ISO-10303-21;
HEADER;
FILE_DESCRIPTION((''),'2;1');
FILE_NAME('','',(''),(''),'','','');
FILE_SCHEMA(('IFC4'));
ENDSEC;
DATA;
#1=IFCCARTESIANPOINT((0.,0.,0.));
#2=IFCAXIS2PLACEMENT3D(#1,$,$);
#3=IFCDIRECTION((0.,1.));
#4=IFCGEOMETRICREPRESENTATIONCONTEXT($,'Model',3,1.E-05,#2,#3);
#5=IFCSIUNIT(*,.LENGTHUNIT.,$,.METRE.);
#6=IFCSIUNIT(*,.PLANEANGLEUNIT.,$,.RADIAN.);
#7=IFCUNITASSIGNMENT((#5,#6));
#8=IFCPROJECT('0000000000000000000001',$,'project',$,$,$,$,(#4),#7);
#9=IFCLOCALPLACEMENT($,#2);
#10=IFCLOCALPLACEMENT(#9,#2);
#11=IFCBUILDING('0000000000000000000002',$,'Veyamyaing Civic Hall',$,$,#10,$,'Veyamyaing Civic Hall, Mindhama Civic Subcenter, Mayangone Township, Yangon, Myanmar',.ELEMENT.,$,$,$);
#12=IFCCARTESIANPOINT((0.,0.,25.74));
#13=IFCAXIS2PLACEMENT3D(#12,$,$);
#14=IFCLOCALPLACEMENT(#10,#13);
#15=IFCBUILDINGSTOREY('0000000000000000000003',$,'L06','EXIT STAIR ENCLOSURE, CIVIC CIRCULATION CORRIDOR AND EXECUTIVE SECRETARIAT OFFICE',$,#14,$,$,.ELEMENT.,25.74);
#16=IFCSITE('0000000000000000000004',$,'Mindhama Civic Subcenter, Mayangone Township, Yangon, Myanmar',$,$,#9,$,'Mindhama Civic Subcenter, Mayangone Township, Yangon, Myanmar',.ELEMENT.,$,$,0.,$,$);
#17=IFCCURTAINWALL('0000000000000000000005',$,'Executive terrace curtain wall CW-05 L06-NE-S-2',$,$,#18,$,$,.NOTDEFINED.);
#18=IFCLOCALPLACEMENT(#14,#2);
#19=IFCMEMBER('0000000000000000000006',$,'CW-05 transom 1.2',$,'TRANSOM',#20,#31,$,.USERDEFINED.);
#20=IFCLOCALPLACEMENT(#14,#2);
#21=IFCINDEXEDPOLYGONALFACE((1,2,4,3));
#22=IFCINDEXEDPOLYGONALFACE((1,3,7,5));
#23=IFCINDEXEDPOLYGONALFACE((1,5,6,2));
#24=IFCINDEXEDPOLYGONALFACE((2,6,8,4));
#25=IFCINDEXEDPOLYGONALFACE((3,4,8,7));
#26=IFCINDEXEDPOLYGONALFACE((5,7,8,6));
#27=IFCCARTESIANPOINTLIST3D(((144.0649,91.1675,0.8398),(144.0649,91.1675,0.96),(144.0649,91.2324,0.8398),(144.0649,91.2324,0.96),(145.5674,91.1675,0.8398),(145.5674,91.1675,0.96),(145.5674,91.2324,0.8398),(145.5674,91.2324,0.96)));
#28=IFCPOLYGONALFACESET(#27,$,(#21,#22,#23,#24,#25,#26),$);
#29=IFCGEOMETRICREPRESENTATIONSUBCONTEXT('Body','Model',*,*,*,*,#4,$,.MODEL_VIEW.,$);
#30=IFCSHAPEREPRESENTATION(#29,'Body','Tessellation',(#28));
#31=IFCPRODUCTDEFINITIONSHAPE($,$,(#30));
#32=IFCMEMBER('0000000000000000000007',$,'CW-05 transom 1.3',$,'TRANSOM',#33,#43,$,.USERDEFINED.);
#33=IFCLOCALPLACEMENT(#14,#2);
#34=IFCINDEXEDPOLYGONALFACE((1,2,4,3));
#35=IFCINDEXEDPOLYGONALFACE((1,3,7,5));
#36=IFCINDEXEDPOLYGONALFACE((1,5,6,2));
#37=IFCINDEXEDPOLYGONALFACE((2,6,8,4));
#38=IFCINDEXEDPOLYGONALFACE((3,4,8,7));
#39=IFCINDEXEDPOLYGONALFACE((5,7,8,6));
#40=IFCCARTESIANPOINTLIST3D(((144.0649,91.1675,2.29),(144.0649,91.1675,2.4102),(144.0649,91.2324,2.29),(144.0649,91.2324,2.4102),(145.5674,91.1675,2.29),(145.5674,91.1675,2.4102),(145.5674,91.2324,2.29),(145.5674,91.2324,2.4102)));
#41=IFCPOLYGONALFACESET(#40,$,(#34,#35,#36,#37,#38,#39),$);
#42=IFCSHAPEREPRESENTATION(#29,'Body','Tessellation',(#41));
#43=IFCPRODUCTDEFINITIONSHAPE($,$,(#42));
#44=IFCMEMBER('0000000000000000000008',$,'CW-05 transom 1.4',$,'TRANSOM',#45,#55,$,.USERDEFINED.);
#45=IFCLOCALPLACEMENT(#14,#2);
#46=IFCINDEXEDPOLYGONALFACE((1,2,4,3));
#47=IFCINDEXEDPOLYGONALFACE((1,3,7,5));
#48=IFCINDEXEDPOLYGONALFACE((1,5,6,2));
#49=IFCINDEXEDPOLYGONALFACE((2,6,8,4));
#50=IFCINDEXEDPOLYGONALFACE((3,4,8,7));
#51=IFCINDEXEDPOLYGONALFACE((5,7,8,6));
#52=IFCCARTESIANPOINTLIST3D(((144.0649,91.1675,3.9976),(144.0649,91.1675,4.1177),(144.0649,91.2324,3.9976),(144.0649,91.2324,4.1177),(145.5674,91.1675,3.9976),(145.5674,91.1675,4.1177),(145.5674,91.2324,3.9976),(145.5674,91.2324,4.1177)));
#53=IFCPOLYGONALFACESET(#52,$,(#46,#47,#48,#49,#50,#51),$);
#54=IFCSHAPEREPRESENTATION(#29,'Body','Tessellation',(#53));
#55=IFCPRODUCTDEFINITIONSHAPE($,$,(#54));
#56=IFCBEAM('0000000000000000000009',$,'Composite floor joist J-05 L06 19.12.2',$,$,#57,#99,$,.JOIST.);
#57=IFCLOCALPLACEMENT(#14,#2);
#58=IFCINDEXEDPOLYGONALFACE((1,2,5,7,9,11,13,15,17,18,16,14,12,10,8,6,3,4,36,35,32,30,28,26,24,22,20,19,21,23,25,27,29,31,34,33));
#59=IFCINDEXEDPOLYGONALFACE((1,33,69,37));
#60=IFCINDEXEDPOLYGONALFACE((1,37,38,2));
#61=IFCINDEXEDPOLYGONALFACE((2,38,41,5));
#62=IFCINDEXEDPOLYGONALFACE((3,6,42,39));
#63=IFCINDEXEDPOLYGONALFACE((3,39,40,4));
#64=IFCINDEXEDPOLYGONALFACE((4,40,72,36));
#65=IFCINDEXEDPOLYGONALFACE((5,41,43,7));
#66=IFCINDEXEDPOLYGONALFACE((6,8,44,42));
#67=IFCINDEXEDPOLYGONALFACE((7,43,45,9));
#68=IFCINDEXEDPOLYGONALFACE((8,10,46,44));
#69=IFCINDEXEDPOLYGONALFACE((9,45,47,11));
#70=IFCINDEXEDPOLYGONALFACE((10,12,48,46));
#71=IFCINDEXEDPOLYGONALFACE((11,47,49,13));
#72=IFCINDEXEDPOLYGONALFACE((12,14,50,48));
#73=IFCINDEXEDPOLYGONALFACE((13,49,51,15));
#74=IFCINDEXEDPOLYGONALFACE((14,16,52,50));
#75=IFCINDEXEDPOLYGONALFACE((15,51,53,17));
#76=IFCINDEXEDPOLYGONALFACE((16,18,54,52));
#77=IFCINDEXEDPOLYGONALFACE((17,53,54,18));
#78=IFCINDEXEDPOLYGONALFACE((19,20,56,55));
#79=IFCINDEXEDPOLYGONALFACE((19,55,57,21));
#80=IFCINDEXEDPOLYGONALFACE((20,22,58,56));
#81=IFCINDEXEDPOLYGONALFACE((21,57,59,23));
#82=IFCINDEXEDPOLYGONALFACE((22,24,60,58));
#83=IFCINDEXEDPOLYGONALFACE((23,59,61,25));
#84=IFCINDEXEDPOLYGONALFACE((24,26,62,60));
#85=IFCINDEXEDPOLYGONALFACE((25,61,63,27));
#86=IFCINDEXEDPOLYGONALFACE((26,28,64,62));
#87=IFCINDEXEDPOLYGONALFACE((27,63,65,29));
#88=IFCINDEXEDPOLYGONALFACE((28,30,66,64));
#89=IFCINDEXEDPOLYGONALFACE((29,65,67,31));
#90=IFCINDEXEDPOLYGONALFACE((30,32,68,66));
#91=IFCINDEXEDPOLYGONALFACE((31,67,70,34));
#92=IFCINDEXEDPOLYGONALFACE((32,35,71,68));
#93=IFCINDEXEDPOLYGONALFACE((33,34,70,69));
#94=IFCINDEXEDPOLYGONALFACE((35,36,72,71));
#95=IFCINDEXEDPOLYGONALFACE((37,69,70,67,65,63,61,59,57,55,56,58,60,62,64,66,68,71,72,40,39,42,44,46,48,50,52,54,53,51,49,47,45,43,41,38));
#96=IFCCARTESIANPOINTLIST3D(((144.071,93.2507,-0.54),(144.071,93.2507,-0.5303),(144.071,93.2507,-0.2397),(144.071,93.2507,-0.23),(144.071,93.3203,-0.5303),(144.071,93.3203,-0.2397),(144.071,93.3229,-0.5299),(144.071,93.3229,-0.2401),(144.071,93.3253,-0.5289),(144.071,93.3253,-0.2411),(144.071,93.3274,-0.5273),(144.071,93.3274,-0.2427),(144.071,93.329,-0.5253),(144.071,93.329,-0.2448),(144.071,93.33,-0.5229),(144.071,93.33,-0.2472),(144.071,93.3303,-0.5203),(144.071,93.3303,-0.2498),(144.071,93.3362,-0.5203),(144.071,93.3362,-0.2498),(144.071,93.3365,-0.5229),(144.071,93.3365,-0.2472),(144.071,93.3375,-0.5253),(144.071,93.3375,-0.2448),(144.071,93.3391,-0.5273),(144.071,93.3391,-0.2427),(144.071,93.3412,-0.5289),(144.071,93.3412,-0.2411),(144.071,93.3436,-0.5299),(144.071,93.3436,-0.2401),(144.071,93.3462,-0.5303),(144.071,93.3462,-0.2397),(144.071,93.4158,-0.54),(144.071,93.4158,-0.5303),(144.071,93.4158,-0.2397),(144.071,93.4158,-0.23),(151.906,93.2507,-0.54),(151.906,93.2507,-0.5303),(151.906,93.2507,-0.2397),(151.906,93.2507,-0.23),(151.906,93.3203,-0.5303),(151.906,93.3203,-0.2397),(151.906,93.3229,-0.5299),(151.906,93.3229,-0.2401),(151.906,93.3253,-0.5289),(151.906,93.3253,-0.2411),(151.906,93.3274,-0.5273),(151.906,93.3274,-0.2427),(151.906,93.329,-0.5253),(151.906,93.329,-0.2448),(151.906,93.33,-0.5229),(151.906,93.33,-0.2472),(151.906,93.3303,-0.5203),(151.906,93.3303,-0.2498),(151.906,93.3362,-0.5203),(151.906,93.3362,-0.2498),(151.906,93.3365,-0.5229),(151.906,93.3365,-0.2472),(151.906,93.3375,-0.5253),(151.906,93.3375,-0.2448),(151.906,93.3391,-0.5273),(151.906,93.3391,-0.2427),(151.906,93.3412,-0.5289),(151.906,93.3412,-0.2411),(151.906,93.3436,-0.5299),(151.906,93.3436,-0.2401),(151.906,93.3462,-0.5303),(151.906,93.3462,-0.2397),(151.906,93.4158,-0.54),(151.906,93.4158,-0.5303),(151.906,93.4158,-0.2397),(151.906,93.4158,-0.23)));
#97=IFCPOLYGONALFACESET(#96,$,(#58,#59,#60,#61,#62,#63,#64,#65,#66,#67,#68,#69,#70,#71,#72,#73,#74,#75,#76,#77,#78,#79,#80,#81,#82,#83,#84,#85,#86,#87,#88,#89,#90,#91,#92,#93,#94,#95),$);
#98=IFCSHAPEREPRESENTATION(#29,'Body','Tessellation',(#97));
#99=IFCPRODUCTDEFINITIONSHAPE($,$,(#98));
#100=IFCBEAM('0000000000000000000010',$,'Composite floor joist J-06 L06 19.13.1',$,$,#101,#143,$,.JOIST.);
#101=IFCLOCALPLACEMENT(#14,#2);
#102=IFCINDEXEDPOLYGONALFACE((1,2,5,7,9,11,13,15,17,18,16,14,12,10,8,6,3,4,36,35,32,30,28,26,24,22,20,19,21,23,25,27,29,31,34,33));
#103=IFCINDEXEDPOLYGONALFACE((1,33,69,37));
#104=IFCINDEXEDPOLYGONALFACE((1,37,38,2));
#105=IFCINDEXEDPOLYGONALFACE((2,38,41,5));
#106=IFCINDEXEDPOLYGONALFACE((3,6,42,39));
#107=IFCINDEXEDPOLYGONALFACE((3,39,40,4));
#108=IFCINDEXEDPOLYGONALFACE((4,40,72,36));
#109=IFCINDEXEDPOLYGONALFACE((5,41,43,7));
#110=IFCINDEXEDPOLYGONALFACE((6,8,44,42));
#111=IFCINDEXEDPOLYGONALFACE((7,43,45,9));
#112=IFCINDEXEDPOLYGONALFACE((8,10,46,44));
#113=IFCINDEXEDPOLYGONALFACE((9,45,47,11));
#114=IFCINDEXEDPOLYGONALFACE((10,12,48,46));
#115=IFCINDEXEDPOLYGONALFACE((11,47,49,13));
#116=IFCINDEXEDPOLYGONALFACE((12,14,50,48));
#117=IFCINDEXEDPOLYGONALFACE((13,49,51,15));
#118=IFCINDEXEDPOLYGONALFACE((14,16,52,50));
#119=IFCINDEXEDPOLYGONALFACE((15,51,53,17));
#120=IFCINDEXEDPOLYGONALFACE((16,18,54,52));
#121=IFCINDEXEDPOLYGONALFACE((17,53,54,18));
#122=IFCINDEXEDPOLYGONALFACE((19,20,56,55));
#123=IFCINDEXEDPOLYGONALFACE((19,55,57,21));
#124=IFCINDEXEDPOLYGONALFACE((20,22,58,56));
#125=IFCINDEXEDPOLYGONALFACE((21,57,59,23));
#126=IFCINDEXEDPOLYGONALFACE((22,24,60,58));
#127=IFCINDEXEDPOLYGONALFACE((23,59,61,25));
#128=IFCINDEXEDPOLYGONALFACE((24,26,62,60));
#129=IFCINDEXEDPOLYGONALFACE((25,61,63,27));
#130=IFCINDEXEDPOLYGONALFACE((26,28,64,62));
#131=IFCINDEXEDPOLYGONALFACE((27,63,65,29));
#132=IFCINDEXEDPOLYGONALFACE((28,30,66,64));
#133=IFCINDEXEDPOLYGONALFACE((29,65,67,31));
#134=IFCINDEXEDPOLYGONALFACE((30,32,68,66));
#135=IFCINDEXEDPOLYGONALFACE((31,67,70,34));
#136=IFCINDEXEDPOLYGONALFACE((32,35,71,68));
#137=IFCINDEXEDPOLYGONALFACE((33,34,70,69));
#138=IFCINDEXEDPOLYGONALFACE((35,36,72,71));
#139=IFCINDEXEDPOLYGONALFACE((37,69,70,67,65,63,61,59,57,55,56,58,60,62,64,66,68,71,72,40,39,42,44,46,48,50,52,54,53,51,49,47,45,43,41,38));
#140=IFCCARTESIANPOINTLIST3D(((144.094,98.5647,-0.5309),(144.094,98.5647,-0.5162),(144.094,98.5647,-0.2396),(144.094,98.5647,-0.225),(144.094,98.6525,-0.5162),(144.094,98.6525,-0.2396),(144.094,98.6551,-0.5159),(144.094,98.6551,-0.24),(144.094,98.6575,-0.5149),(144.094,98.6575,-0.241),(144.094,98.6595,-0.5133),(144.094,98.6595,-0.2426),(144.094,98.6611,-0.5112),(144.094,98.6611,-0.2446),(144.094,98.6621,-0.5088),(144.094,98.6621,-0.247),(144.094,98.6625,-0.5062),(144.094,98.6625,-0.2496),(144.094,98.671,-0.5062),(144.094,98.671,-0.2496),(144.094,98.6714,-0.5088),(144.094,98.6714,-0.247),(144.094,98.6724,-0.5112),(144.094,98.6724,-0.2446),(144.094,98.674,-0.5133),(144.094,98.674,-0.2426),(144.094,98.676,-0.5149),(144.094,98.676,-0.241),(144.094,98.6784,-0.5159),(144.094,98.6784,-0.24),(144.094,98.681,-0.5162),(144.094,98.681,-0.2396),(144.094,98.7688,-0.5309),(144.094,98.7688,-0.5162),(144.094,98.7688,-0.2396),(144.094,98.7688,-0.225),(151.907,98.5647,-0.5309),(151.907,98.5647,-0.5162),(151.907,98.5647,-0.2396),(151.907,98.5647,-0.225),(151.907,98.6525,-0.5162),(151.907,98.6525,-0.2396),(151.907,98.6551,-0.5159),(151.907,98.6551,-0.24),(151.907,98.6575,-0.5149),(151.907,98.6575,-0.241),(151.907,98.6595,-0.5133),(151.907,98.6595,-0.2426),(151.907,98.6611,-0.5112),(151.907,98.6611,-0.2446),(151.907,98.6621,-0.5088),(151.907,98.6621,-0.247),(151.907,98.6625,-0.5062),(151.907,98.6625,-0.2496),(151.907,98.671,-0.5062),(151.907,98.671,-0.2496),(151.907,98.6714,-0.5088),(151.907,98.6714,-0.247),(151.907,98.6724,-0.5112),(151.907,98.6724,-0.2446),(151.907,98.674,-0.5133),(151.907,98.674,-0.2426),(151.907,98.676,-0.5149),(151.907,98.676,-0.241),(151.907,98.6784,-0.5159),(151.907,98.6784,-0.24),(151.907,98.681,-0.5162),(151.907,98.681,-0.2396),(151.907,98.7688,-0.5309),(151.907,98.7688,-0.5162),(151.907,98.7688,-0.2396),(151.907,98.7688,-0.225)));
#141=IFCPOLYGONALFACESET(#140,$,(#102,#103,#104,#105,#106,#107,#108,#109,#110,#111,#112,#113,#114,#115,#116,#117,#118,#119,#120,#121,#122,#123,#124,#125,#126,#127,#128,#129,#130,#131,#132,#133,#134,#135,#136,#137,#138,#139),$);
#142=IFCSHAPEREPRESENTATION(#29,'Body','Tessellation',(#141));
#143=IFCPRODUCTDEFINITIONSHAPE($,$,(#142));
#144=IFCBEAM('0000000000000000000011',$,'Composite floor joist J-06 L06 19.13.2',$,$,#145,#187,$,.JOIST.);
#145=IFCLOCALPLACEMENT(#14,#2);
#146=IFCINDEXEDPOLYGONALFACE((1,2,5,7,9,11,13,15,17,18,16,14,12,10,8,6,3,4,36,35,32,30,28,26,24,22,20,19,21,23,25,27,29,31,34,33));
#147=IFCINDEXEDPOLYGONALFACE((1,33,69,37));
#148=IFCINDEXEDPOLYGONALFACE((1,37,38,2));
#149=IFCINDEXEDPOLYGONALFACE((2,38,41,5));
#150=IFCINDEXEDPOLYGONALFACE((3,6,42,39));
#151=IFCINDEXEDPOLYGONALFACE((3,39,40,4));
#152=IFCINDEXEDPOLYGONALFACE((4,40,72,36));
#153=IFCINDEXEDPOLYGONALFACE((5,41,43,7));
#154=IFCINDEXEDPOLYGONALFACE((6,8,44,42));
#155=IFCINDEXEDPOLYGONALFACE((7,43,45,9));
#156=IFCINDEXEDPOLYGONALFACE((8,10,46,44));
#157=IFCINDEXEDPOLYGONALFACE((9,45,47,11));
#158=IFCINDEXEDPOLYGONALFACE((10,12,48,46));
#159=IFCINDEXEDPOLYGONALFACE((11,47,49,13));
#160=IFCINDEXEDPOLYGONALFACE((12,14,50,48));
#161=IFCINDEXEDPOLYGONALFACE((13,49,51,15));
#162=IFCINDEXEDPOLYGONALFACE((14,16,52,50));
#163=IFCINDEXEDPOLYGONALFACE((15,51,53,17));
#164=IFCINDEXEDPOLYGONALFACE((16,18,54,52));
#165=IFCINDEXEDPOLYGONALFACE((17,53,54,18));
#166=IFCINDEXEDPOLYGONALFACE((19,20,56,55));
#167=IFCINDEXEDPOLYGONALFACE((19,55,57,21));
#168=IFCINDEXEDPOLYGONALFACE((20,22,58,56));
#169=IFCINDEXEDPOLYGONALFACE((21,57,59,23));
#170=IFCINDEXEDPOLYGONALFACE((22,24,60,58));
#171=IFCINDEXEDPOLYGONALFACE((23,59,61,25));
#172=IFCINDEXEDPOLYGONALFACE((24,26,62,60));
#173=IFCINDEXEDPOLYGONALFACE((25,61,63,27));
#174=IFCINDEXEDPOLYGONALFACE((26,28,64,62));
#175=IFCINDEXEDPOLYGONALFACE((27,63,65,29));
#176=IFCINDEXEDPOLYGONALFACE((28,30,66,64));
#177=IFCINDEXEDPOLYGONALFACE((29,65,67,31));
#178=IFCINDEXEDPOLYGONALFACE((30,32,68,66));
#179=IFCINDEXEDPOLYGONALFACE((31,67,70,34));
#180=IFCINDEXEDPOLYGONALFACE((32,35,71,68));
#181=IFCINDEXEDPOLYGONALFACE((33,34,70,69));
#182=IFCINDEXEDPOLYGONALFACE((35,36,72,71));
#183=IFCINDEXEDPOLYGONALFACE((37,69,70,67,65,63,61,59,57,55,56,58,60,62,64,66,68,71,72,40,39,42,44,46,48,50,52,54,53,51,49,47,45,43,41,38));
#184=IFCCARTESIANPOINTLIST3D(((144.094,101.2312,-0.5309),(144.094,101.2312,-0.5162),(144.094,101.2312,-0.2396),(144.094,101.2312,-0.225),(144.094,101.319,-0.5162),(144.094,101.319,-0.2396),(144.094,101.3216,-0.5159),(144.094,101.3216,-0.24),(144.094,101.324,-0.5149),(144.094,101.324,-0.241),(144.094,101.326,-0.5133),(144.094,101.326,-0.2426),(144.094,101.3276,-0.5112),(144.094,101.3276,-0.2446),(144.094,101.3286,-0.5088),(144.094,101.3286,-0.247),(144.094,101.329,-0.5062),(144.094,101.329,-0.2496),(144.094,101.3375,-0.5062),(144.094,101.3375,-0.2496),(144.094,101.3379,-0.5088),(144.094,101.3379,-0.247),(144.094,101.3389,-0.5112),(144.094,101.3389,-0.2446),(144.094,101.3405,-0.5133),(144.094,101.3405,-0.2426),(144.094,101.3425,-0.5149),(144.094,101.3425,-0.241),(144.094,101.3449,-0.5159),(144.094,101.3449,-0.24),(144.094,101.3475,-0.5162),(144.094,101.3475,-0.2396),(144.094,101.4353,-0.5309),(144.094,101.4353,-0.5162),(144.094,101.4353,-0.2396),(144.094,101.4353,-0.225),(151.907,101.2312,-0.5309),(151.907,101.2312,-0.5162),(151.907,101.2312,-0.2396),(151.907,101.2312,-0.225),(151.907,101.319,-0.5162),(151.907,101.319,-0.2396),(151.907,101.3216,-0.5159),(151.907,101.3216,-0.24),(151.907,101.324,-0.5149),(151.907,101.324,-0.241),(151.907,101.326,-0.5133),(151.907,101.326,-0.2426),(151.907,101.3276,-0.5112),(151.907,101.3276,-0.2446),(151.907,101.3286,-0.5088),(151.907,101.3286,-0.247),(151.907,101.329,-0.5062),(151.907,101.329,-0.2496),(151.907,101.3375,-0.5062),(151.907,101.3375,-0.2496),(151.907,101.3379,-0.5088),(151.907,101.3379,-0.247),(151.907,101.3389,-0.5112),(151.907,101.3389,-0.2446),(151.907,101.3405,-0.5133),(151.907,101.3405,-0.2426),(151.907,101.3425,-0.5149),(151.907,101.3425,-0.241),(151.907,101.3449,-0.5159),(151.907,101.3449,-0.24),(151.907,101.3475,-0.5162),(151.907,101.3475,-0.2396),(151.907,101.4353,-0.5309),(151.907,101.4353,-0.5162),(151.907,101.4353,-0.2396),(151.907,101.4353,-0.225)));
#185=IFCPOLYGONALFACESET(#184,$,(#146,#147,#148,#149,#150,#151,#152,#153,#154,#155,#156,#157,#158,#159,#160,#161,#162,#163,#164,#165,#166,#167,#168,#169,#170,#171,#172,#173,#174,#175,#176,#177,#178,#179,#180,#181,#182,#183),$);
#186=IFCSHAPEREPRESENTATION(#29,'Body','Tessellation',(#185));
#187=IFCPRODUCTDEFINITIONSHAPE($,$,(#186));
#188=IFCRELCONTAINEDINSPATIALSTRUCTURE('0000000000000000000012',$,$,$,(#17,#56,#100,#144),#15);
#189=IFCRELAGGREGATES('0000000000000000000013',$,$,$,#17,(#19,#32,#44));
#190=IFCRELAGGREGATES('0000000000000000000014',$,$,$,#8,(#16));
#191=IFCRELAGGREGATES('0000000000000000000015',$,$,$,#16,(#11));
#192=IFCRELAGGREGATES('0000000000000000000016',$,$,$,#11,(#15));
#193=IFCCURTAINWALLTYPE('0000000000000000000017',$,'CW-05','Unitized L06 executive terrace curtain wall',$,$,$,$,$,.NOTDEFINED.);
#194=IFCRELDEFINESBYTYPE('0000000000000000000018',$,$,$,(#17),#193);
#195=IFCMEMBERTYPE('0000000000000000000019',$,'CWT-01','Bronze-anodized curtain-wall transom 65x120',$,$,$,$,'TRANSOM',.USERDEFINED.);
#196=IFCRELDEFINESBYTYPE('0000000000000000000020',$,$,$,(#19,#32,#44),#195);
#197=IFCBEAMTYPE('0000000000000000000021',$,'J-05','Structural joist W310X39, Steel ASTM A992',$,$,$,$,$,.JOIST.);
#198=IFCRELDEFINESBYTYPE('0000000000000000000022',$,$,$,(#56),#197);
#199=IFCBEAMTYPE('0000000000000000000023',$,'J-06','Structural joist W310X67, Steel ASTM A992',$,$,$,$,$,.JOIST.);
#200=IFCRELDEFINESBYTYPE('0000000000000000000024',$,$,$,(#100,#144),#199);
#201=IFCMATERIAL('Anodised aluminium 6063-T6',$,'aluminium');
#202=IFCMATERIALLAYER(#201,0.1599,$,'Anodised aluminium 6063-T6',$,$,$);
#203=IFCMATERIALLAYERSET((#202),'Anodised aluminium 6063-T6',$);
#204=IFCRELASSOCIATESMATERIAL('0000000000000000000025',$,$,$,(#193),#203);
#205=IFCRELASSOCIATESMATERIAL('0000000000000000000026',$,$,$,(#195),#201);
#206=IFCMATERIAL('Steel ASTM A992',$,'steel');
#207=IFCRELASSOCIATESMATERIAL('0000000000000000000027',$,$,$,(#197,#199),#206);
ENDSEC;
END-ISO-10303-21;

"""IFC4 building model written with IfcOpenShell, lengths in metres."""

from ifc_helpers import new_model, si_unit, direction, frame, origin, origin_2d, place, context, subcontext, project, spatial, rectangle, i_section, extrude, material, layer, layer_set, material_profile, profile_set, type_object, element, aggregate, save


model = new_model("IFC4")

# Units and contexts
model_context = context("Model", 3, precision=1e-05, world=origin(), true_north=direction((0.0, 1.0)))
body_context = subcontext(model_context, "Body", "Model", "MODEL_VIEW")
ifc_project = project(units=[si_unit("LENGTHUNIT", "METRE"), si_unit("PLANEANGLEUNIT", "RADIAN")], contexts=[model_context])

# Site, building, storey
site_placement = place(None, origin())
site = spatial("IfcSite", under=ifc_project, at=site_placement, Name="Mindhama Civic Subcenter, Mayangone Township, Yangon, Myanmar", LongName="Mindhama Civic Subcenter, Mayangone Township, Yangon, Myanmar", CompositionType="ELEMENT", RefElevation=0.0)
building_placement = place(site_placement, origin())
building = spatial("IfcBuilding", under=site, at=building_placement, Name="Veyamyaing Civic Hall", LongName="Veyamyaing Civic Hall, Mindhama Civic Subcenter, Mayangone Township, Yangon, Myanmar", CompositionType="ELEMENT")
storey_placement = place(building_placement, frame((0.0, 0.0, 25.74)))
storey = spatial("IfcBuildingStorey", under=building, at=storey_placement, Name="L06", Description="EXIT STAIR ENCLOSURE, CIVIC CIRCULATION CORRIDOR AND EXECUTIVE SECRETARIAT OFFICE", CompositionType="ELEMENT", Elevation=25.74)

# Shared definitions
ifc_material_1 = material(Name="Steel ASTM A992", Category="steel")

# Curtain wall, members
ifc_material_2 = material(Name="Anodised aluminium 6063-T6", Category="aluminium")
ifc_layer_1 = layer(ifc_material_2, 0.1599, Name="Anodised aluminium 6063-T6")
ifc_layer_set_1 = layer_set([ifc_layer_1], Name="Anodised aluminium 6063-T6")
curtain_wall_type = type_object("IfcCurtainWallType", Name="CW-05", Description="Unitized L06 executive terrace curtain wall", PredefinedType="NOTDEFINED", material=ifc_layer_set_1)
curtain_wall_placement = place(storey_placement, origin())
curtain_wall = element("IfcCurtainWall", 1, at=curtain_wall_placement, inside=storey, type_object=curtain_wall_type, Name="Executive terrace curtain wall CW-05 L06-NE-S-2", PredefinedType="NOTDEFINED")
ifc_material_profile_1 = material_profile(ifc_material_2, rectangle(XDim=0.0649, YDim=0.1201, at=origin_2d()), Name="ALU-TRN-65X120")
ifc_profile_set_1 = profile_set([ifc_material_profile_1], Name="Anodised aluminium 6063-T6")
member_type_1 = type_object("IfcMemberType", Name="CWT-01", Description="Bronze-anodized curtain-wall transom 65x120", ElementType="TRANSOM", PredefinedType="USERDEFINED", material=ifc_profile_set_1)
member_1_placement = place(storey_placement, frame((144.0649, 91.2, 0.8999), z_axis=(1.0, 0.0, 0.0), x_axis=(0.0, 1.0, 0.0)))
member_1 = element("IfcMember", 2, at=member_1_placement, type_object=member_type_1, Name="CW-05 transom 1.2", ObjectType="TRANSOM", PredefinedType="USERDEFINED", context=body_context, shape_type="SweptSolid", body=[
    extrude(rectangle(XDim=0.0649, YDim=0.1201, at=origin_2d()), origin(), (0.0, 0.0, 1.0), 1.5024),
])
member_2_placement = place(storey_placement, frame((144.0649, 91.2, 2.3501), z_axis=(1.0, 0.0, 0.0), x_axis=(0.0, 1.0, 0.0)))
member_2 = element("IfcMember", 3, at=member_2_placement, type_object=member_type_1, Name="CW-05 transom 1.3", ObjectType="TRANSOM", PredefinedType="USERDEFINED", context=body_context, shape_type="SweptSolid", body=[
    extrude(rectangle(XDim=0.0649, YDim=0.1201, at=origin_2d()), origin(), (0.0, 0.0, 1.0), 1.5024),
])
member_3_placement = place(storey_placement, frame((144.0649, 91.2, 4.0576), z_axis=(1.0, 0.0, 0.0), x_axis=(0.0, 1.0, 0.0)))
member_3 = element("IfcMember", 4, at=member_3_placement, type_object=member_type_1, Name="CW-05 transom 1.4", ObjectType="TRANSOM", PredefinedType="USERDEFINED", context=body_context, shape_type="SweptSolid", body=[
    extrude(rectangle(XDim=0.0649, YDim=0.1201, at=origin_2d()), origin(), (0.0, 0.0, 1.0), 1.5024),
])

# Beams
ifc_material_profile_2 = material_profile(ifc_material_1, i_section(OverallWidth=0.165, OverallDepth=0.3101, WebThickness=0.0059, FlangeThickness=0.0098, FilletRadius=0.01, at=origin_2d()), Name="W310X39")
ifc_profile_set_2 = profile_set([ifc_material_profile_2], Name="Steel ASTM A992")
beam_type_1 = type_object("IfcBeamType", Name="J-05", Description="Structural joist W310X39, Steel ASTM A992", PredefinedType="JOIST", material=ifc_profile_set_2)
beam_1_placement = place(storey_placement, frame((144.071, 93.3333, -0.385), z_axis=(1.0, 0.0, 0.0), x_axis=(0.0, 1.0, 0.0)))
element("IfcBeam", 5, at=beam_1_placement, inside=storey, type_object=beam_type_1, Name="Composite floor joist J-05 L06 19.12.2", PredefinedType="JOIST", context=body_context, shape_type="SweptSolid", body=[
    extrude(i_section(OverallWidth=0.165, OverallDepth=0.3101, WebThickness=0.0059, FlangeThickness=0.0098, FilletRadius=0.01, at=origin_2d()), origin(), (0.0, 0.0, 1.0), 7.835),
])
ifc_material_profile_3 = material_profile(ifc_material_1, i_section(OverallWidth=0.2041, OverallDepth=0.3059, WebThickness=0.0085, FlangeThickness=0.0146, FilletRadius=0.01, at=origin_2d()), Name="W310X67")
ifc_profile_set_3 = profile_set([ifc_material_profile_3], Name="Steel ASTM A992")
beam_type_2 = type_object("IfcBeamType", Name="J-06", Description="Structural joist W310X67, Steel ASTM A992", PredefinedType="JOIST", material=ifc_profile_set_3)
for number, where, z_axis, x_axis, name in (
    (6, (144.094, 98.6667, -0.3779), (1.0, 0.0, 0.0), (0.0, 1.0, 0.0), "Composite floor joist J-06 L06 19.13.1"),
    (7, (144.094, 101.3333, -0.3779), (1.0, 0.0, 0.0), (0.0, 1.0, 0.0), "Composite floor joist J-06 L06 19.13.2"),
):
    element("IfcBeam", number, at=place(storey_placement, frame(where, z_axis=z_axis, x_axis=x_axis)), inside=storey, type_object=beam_type_2, Name=name, PredefinedType="JOIST", context=body_context, shape_type="SweptSolid", body=[
        extrude(i_section(OverallWidth=0.2041, OverallDepth=0.3059, WebThickness=0.0085, FlangeThickness=0.0146, FilletRadius=0.01, at=origin_2d()), origin(), (0.0, 0.0, 1.0), 7.813),
    ])

aggregate(curtain_wall, [member_1, member_2, member_3])

save(model, "model.ifc")
